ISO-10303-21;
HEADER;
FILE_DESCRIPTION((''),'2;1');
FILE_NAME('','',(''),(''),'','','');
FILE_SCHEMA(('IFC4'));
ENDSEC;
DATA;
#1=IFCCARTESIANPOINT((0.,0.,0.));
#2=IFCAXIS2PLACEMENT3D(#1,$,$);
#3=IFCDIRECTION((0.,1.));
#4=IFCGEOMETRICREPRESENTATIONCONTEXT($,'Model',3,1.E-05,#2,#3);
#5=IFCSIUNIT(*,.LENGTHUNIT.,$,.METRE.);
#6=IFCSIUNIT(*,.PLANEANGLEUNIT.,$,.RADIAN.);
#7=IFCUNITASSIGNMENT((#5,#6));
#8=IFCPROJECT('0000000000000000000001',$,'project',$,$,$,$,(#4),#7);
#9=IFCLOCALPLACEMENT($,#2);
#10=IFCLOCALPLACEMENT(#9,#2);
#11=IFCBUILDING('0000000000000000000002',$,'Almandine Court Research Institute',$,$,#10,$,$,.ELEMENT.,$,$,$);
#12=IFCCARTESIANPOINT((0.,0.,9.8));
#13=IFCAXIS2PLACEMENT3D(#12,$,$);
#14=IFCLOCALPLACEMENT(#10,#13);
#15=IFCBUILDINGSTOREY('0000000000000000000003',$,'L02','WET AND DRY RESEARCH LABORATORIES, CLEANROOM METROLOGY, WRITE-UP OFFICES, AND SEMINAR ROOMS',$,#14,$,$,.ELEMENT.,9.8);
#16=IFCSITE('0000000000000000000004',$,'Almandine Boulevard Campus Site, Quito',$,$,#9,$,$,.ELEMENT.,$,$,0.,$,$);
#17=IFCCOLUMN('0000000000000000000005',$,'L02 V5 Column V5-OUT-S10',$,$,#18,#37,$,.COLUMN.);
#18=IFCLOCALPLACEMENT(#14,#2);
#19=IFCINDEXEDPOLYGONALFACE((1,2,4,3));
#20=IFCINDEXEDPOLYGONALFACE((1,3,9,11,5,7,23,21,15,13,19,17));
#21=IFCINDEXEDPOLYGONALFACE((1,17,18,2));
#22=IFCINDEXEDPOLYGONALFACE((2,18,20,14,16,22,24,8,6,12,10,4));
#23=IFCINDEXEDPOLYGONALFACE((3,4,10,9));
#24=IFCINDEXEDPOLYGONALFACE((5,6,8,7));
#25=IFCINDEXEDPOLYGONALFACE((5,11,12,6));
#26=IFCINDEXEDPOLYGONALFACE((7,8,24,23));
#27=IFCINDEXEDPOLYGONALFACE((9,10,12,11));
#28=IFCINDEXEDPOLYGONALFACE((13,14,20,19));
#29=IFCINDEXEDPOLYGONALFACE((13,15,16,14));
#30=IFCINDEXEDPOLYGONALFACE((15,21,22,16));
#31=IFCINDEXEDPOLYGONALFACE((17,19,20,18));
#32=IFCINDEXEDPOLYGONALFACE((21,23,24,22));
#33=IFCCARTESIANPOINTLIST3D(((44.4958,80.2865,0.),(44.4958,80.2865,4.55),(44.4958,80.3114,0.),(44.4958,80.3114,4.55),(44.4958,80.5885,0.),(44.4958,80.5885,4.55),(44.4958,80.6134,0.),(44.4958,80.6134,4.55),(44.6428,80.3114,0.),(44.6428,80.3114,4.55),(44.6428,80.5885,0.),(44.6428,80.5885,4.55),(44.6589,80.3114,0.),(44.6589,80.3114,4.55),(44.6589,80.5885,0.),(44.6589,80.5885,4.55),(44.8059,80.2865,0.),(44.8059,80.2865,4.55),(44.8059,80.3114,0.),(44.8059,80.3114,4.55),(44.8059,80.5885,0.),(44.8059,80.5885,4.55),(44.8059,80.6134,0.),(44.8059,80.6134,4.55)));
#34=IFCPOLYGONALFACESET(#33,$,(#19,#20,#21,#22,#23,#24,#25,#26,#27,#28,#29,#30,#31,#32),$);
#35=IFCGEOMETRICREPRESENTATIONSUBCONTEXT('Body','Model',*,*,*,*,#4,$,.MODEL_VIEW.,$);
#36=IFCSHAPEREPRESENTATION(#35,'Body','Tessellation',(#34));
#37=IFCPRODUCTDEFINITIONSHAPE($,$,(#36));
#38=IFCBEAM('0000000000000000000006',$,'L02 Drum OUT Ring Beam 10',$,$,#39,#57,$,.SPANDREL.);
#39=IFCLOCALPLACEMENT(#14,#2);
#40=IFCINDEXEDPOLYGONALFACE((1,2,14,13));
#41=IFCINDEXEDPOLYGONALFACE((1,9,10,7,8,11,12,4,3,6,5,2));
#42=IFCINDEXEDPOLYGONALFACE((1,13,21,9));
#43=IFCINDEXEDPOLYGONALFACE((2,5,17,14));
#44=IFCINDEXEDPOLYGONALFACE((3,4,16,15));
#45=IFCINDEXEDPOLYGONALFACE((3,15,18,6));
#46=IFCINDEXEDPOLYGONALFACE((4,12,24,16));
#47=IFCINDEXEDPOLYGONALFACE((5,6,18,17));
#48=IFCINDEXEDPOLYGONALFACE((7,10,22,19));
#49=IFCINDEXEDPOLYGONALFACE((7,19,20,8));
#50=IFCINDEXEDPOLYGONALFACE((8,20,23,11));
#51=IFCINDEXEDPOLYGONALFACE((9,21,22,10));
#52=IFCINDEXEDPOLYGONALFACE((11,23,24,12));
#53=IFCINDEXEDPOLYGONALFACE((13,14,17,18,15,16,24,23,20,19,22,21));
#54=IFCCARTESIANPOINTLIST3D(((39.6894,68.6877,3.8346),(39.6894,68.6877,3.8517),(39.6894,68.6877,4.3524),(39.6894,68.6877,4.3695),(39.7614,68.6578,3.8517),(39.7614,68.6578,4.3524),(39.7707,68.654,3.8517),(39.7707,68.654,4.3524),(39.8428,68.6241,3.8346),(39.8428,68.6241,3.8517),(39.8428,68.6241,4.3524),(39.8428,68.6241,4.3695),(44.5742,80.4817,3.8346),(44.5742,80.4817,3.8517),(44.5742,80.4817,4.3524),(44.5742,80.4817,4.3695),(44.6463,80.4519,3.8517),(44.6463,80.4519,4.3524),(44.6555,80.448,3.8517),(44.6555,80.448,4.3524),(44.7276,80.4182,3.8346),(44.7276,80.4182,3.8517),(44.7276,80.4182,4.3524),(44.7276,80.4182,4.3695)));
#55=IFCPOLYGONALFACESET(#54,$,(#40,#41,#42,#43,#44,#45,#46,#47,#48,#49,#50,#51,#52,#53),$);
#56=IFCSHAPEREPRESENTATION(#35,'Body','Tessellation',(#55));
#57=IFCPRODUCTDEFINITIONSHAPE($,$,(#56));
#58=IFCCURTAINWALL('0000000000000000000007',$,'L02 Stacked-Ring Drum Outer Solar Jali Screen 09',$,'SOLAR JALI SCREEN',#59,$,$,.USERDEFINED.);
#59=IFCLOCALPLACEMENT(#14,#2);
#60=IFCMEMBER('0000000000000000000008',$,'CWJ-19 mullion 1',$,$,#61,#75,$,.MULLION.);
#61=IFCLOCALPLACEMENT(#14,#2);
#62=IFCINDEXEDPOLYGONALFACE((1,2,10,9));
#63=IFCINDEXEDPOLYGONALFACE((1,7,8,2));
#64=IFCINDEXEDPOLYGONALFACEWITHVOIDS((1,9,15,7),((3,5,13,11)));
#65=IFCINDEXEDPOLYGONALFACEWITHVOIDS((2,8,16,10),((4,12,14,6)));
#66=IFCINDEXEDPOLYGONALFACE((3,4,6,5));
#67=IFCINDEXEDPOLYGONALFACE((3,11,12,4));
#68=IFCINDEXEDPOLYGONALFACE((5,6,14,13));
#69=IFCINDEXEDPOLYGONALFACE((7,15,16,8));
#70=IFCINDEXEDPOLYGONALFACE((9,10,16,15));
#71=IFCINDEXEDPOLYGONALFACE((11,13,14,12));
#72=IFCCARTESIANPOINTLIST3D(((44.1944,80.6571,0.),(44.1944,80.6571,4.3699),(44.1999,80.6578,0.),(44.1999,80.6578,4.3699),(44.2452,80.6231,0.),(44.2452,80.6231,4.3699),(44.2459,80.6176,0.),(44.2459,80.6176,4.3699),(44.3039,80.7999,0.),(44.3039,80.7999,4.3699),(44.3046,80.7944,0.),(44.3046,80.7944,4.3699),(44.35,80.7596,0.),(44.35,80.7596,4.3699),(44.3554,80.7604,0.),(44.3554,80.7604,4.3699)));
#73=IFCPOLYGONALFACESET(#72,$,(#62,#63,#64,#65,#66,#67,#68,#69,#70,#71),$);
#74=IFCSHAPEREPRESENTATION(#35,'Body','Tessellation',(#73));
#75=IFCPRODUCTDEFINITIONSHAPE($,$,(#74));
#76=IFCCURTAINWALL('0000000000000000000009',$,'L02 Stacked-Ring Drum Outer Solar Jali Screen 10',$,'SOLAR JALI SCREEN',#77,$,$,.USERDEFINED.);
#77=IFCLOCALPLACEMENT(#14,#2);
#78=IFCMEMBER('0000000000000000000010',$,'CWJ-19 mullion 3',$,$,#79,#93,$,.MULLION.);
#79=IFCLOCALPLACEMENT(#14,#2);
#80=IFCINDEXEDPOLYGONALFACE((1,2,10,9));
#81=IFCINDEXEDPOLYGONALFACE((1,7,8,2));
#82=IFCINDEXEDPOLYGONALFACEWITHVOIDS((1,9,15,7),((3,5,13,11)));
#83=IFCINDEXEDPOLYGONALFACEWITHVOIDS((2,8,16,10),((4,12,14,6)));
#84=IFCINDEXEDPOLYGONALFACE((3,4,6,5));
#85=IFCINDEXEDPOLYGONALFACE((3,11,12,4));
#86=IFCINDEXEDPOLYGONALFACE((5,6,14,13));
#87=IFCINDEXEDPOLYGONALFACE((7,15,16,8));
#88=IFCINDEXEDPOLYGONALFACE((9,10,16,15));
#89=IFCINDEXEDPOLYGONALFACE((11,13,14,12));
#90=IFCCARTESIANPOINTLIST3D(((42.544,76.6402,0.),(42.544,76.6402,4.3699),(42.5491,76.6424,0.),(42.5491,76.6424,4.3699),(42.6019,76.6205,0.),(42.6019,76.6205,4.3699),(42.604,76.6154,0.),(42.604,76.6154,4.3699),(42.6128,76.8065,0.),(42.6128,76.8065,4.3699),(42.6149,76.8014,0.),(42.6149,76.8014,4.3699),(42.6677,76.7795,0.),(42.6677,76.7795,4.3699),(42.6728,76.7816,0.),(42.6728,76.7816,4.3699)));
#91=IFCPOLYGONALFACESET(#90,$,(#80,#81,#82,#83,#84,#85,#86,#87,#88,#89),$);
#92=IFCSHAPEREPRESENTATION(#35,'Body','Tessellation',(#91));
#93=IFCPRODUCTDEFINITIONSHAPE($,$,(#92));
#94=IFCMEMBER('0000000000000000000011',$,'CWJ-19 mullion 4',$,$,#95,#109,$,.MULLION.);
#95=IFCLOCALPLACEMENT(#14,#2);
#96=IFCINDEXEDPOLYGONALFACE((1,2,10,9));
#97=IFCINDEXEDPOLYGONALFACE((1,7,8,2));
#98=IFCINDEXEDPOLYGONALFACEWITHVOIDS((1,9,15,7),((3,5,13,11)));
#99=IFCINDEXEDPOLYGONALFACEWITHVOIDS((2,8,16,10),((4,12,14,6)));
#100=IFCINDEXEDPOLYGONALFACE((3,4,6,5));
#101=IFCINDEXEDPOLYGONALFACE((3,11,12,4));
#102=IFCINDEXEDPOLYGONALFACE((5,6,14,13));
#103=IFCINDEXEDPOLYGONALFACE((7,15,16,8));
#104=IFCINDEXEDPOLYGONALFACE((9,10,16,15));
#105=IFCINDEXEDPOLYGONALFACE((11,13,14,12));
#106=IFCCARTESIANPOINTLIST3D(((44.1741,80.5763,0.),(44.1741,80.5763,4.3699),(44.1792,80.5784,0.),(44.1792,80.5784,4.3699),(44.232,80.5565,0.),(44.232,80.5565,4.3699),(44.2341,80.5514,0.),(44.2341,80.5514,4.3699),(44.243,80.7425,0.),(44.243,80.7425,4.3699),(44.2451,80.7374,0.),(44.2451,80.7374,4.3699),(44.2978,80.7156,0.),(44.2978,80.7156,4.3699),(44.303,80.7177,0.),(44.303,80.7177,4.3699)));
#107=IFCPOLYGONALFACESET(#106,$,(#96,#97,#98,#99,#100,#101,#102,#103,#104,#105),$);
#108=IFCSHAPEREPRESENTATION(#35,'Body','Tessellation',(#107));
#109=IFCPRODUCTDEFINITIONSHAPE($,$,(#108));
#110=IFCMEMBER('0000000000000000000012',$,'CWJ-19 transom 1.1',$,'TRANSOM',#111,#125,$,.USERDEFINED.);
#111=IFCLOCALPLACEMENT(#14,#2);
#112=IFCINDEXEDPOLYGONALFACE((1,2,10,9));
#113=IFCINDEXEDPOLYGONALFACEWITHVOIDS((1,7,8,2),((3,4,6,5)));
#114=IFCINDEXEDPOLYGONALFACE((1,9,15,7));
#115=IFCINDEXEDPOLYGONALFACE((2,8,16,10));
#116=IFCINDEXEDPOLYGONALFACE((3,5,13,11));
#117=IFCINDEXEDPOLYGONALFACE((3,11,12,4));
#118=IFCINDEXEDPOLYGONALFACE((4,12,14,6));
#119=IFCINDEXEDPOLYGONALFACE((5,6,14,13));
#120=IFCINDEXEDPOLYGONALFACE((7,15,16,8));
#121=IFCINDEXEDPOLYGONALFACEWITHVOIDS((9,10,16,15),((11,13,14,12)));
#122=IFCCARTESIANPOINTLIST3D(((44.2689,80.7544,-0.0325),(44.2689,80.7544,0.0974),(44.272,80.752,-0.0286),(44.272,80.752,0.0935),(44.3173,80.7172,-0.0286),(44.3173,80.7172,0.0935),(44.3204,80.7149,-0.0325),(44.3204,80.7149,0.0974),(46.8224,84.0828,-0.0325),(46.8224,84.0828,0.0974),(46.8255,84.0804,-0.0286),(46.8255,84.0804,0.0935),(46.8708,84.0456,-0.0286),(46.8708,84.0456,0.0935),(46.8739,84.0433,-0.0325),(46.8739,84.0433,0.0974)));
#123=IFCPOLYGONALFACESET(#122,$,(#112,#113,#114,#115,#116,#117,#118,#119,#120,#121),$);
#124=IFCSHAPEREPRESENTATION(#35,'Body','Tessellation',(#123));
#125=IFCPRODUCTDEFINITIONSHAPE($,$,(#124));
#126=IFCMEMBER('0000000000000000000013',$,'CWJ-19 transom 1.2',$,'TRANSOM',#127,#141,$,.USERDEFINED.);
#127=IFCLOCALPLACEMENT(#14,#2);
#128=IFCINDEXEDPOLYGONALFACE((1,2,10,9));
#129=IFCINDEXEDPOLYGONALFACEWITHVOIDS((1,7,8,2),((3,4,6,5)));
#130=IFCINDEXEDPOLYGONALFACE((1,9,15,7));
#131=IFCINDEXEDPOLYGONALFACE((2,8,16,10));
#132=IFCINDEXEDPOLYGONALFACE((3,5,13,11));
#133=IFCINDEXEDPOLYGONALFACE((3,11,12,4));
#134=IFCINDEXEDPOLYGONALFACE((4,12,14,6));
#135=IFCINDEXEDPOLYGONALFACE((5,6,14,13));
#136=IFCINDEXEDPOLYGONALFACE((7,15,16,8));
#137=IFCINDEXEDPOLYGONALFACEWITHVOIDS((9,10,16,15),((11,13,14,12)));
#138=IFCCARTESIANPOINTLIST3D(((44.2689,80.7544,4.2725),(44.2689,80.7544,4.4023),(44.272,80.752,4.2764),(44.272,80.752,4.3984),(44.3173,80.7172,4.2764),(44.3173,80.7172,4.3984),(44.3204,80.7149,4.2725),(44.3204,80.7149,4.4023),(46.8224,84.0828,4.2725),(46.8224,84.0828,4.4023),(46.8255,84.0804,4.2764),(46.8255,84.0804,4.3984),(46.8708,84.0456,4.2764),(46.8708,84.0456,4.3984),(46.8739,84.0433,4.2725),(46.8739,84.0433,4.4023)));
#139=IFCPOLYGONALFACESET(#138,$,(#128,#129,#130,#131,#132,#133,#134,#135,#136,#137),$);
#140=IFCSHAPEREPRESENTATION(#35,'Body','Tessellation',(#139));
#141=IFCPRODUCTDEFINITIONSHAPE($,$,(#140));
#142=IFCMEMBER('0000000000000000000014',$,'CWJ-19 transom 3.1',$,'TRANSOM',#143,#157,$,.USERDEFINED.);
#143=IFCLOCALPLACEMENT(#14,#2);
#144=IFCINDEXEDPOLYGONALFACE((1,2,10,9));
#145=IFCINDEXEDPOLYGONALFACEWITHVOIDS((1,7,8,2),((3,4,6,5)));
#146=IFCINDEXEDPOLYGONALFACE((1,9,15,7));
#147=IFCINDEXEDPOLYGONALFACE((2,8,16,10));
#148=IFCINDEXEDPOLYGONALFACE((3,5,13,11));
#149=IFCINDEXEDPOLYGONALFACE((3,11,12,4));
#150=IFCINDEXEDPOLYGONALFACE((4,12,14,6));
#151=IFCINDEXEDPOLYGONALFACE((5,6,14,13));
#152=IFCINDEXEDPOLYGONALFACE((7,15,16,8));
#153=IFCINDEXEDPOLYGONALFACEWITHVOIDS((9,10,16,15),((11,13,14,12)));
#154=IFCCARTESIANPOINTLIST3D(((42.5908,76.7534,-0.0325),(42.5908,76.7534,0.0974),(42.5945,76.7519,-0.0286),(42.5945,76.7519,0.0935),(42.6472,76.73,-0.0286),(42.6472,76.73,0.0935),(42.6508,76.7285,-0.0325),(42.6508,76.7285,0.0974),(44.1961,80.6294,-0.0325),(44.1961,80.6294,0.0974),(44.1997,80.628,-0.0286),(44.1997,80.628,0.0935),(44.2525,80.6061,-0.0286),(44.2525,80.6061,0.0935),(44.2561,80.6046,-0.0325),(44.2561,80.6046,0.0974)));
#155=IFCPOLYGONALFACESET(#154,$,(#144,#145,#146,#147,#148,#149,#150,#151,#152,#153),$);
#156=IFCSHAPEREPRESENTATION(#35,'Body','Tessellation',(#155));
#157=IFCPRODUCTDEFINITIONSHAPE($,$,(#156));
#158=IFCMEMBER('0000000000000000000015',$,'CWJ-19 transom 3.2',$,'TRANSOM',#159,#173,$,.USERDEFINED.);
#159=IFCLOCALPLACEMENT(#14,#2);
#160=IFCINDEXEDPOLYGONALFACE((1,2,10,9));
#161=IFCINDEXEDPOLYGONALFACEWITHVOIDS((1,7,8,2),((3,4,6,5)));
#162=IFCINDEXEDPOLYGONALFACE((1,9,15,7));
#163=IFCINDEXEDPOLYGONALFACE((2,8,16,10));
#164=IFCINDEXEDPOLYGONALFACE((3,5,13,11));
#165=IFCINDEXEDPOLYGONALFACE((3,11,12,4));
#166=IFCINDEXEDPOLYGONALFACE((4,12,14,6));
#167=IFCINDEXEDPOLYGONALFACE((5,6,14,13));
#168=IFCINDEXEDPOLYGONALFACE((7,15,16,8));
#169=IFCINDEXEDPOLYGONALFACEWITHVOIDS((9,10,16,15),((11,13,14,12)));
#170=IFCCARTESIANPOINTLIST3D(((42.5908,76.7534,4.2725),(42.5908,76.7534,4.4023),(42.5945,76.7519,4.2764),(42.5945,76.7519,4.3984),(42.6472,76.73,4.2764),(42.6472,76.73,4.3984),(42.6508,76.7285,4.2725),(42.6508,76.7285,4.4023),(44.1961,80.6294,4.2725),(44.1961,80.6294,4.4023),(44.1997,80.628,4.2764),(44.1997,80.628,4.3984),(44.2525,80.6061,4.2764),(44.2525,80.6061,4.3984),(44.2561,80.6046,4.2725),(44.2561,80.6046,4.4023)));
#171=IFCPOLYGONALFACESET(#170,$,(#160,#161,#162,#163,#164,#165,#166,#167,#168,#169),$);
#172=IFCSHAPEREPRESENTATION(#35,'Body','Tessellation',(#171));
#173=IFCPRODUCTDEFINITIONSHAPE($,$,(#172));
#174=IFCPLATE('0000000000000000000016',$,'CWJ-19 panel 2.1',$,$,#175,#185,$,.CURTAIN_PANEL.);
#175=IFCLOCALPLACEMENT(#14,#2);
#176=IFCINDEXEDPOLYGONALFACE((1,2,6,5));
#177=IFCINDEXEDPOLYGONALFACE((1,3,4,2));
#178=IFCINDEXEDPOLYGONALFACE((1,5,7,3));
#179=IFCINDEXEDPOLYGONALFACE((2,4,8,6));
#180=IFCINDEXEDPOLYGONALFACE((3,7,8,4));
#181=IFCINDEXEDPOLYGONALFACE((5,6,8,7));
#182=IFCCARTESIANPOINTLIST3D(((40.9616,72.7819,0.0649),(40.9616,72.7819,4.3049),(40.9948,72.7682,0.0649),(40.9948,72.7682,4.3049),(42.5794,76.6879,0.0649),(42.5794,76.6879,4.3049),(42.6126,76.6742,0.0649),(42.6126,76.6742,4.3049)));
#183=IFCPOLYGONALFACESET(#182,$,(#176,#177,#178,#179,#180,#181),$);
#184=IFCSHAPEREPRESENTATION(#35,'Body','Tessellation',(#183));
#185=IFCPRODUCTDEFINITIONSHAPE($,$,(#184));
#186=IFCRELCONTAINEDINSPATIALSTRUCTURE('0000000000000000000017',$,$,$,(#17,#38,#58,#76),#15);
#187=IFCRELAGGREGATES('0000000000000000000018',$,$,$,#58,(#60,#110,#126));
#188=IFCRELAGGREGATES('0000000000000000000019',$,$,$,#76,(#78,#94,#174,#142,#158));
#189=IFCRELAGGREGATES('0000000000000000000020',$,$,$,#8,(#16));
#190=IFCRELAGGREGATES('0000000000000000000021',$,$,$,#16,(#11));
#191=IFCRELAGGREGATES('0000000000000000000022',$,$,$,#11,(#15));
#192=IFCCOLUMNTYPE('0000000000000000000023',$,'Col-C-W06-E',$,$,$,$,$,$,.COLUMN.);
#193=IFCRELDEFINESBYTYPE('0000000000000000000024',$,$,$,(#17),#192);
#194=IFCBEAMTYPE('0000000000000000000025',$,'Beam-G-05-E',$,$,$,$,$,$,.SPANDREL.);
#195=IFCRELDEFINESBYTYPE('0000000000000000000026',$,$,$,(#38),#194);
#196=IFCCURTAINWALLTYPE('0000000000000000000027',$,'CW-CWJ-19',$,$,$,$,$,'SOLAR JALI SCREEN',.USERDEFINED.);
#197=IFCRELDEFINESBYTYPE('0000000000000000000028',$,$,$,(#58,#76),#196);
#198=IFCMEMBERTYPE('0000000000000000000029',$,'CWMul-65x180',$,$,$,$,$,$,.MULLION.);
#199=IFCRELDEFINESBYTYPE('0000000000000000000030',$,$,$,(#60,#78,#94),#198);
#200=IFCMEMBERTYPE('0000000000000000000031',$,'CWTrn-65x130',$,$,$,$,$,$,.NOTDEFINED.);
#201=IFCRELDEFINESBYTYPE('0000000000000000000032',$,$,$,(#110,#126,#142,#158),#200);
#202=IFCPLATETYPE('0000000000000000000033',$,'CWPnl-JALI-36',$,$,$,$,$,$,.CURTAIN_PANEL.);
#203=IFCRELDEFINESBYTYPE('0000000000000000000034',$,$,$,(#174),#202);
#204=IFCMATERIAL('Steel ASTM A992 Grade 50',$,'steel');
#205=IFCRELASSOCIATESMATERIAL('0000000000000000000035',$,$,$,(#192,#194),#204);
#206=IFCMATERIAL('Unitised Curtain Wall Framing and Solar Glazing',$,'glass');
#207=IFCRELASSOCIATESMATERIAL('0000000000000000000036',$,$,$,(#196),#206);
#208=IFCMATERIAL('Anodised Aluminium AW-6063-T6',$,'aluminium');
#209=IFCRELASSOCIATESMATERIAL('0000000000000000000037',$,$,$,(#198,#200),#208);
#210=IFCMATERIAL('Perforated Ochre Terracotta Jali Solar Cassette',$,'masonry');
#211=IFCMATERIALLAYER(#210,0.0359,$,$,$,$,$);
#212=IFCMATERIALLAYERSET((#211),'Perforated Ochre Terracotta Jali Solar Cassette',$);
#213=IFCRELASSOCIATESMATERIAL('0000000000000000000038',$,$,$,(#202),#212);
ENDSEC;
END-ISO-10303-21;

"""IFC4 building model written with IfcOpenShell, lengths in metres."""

from ifc_helpers import new_model, si_unit, direction, frame, origin, origin_2d, place, context, subcontext, project, spatial, rectangle, hollow_rectangle, i_section, extrude, material, layer, layer_set, material_profile, profile_set, type_object, element, aggregate, save


model = new_model("IFC4")

# Units and contexts
model_context = context("Model", 3, precision=1e-05, world=origin(), true_north=direction((0.0, 1.0)))
body_context = subcontext(model_context, "Body", "Model", "MODEL_VIEW")
ifc_project = project(units=[si_unit("LENGTHUNIT", "METRE"), si_unit("PLANEANGLEUNIT", "RADIAN")], contexts=[model_context])

# Site, building, storey
site_placement = place(None, origin())
site = spatial("IfcSite", under=ifc_project, at=site_placement, Name="Almandine Boulevard Campus Site, Quito", CompositionType="ELEMENT", RefElevation=0.0)
building_placement = place(site_placement, origin())
building = spatial("IfcBuilding", under=site, at=building_placement, Name="Almandine Court Research Institute", CompositionType="ELEMENT")
storey_placement = place(building_placement, frame((0.0, 0.0, 9.8)))
storey = spatial("IfcBuildingStorey", under=building, at=storey_placement, Name="L02", Description="WET AND DRY RESEARCH LABORATORIES, CLEANROOM METROLOGY, WRITE-UP OFFICES, AND SEMINAR ROOMS", CompositionType="ELEMENT", Elevation=9.8)

# Column
ifc_material_1 = material(Name="Steel ASTM A992 Grade 50", Category="steel")
ifc_material_profile_1 = material_profile(ifc_material_1, i_section(OverallWidth=0.3101, OverallDepth=0.3269, WebThickness=0.0161, FlangeThickness=0.0249, at=origin_2d()), Name="W310x158")
ifc_profile_set_1 = profile_set([ifc_material_profile_1], Name="Steel ASTM A992 Grade 50")
column_type = type_object("IfcColumnType", Name="Col-C-W06-E", PredefinedType="COLUMN", material=ifc_profile_set_1)
column_placement = place(storey_placement, frame((44.6509, 80.45, 0.0), z_axis=(0.0, 0.0, 1.0), x_axis=(1.0, 0.0, 0.0)))
element("IfcColumn", 1, at=column_placement, inside=storey, type_object=column_type, Name="L02 V5 Column V5-OUT-S10", PredefinedType="COLUMN", context=body_context, shape_type="SweptSolid", body=[
    extrude(i_section(OverallWidth=0.3101, OverallDepth=0.3269, WebThickness=0.0161, FlangeThickness=0.0249, at=origin_2d()), origin(), (0.0, 0.0, 1.0), 4.55),
])

# Beam
ifc_material_profile_2 = material_profile(ifc_material_1, i_section(OverallWidth=0.166, OverallDepth=0.5349, WebThickness=0.01, FlangeThickness=0.0171, at=origin_2d()), Name="W530x85")
ifc_profile_set_2 = profile_set([ifc_material_profile_2], Name="Steel ASTM A992 Grade 50")
beam_type = type_object("IfcBeamType", Name="Beam-G-05-E", PredefinedType="SPANDREL", material=ifc_profile_set_2)
beam_placement = place(storey_placement, frame((44.6509, 80.45, 4.1021), z_axis=(-0.382654, -0.923892, 0.0), x_axis=(0.923892, -0.382654, 0.0)))
element("IfcBeam", 2, at=beam_placement, inside=storey, type_object=beam_type, Name="L02 Drum OUT Ring Beam 10", PredefinedType="SPANDREL", context=body_context, shape_type="SweptSolid", body=[
    extrude(i_section(OverallWidth=0.166, OverallDepth=0.5349, WebThickness=0.01, FlangeThickness=0.0171, at=origin_2d()), origin(), (0.0, 0.0, 1.0), 12.7656),
])

# Curtain wall, member
ifc_material_2 = material(Name="Unitised Curtain Wall Framing and Solar Glazing", Category="glass")
curtain_wall_type = type_object("IfcCurtainWallType", Name="CW-CWJ-19", ElementType="SOLAR JALI SCREEN", PredefinedType="USERDEFINED", material=ifc_material_2)
curtain_wall_1_placement = place(storey_placement, origin())
curtain_wall_1 = element("IfcCurtainWall", 3, at=curtain_wall_1_placement, inside=storey, type_object=curtain_wall_type, Name="L02 Stacked-Ring Drum Outer Solar Jali Screen 09", ObjectType="SOLAR JALI SCREEN", PredefinedType="USERDEFINED")
ifc_material_3 = material(Name="Anodised Aluminium AW-6063-T6", Category="aluminium")
ifc_material_profile_3 = material_profile(ifc_material_3, hollow_rectangle(XDim=0.0649, YDim=0.1799, WallThickness=0.0039, at=origin_2d()), Name="ALU RHS 65x180x4")
ifc_profile_set_3 = profile_set([ifc_material_profile_3], Name="Anodised Aluminium AW-6063-T6")
member_type_1 = type_object("IfcMemberType", Name="CWMul-65x180", PredefinedType="MULLION", material=ifc_profile_set_3)
member_1_placement = place(storey_placement, frame((44.2749, 80.7087, 0.0), z_axis=(0.0, 0.0, 1.0), x_axis=(-0.793383, 0.608723, 0.0)))
member_1 = element("IfcMember", 4, at=member_1_placement, type_object=member_type_1, Name="CWJ-19 mullion 1", PredefinedType="MULLION", context=body_context, shape_type="SweptSolid", body=[
    extrude(hollow_rectangle(XDim=0.0649, YDim=0.1799, WallThickness=0.0039, at=origin_2d()), origin(), (0.0, 0.0, 1.0), 4.3699),
])

# Curtain wall, members
curtain_wall_2_placement = place(storey_placement, origin())
curtain_wall_2 = element("IfcCurtainWall", 5, at=curtain_wall_2_placement, inside=storey, type_object=curtain_wall_type, Name="L02 Stacked-Ring Drum Outer Solar Jali Screen 10", ObjectType="SOLAR JALI SCREEN", PredefinedType="USERDEFINED")
member_2_placement = place(storey_placement, frame((42.6084, 76.7109, 0.0), z_axis=(0.0, 0.0, 1.0), x_axis=(-0.923888, 0.382663, 0.0)))
member_2 = element("IfcMember", 6, at=member_2_placement, type_object=member_type_1, Name="CWJ-19 mullion 3", PredefinedType="MULLION", context=body_context, shape_type="SweptSolid", body=[
    extrude(hollow_rectangle(XDim=0.0649, YDim=0.1799, WallThickness=0.0039, at=origin_2d()), origin(), (0.0, 0.0, 1.0), 4.3699),
])
member_3_placement = place(storey_placement, frame((44.2385, 80.647, 0.0), z_axis=(0.0, 0.0, 1.0), x_axis=(-0.923888, 0.382663, 0.0)))
member_3 = element("IfcMember", 7, at=member_3_placement, type_object=member_type_1, Name="CWJ-19 mullion 4", PredefinedType="MULLION", context=body_context, shape_type="SweptSolid", body=[
    extrude(hollow_rectangle(XDim=0.0649, YDim=0.1799, WallThickness=0.0039, at=origin_2d()), origin(), (0.0, 0.0, 1.0), 4.3699),
])

# Members
ifc_material_profile_4 = material_profile(ifc_material_3, hollow_rectangle(XDim=0.0649, YDim=0.1299, WallThickness=0.0039, at=origin_2d()), Name="ALU RHS 65x130x4")
ifc_profile_set_4 = profile_set([ifc_material_profile_4], Name="Anodised Aluminium AW-6063-T6")
member_type_2 = type_object("IfcMemberType", Name="CWTrn-65x130", PredefinedType="NOTDEFINED", material=ifc_profile_set_4)
member_4_placement = place(storey_placement, frame((44.2947, 80.7346, 0.0325), z_axis=(0.608689, 0.793409, 0.0), x_axis=(-0.793409, 0.608689, 0.0)))
member_4 = element("IfcMember", 8, at=member_4_placement, type_object=member_type_2, Name="CWJ-19 transom 1.1", ObjectType="TRANSOM", PredefinedType="USERDEFINED", context=body_context, shape_type="SweptSolid", body=[
    extrude(hollow_rectangle(XDim=0.0649, YDim=0.1299, WallThickness=0.0039, at=origin_2d()), origin(), (0.0, 0.0, 1.0), 4.1951),
])
member_5_placement = place(storey_placement, frame((44.2947, 80.7346, 4.3374), z_axis=(0.608689, 0.793409, 0.0), x_axis=(-0.793409, 0.608689, 0.0)))
member_5 = element("IfcMember", 9, at=member_5_placement, type_object=member_type_2, Name="CWJ-19 transom 1.2", ObjectType="TRANSOM", PredefinedType="USERDEFINED", context=body_context, shape_type="SweptSolid", body=[
    extrude(hollow_rectangle(XDim=0.0649, YDim=0.1299, WallThickness=0.0039, at=origin_2d()), origin(), (0.0, 0.0, 1.0), 4.1951),
])
aggregate(curtain_wall_1, [member_1, member_4, member_5])
member_6_placement = place(storey_placement, frame((42.6208, 76.741, 0.0325), z_axis=(0.382631, 0.923901, 0.0), x_axis=(-0.923901, 0.382631, 0.0)))
member_6 = element("IfcMember", 10, at=member_6_placement, type_object=member_type_2, Name="CWJ-19 transom 3.1", ObjectType="TRANSOM", PredefinedType="USERDEFINED", context=body_context, shape_type="SweptSolid", body=[
    extrude(hollow_rectangle(XDim=0.0649, YDim=0.1299, WallThickness=0.0039, at=origin_2d()), origin(), (0.0, 0.0, 1.0), 4.1953),
])
member_7_placement = place(storey_placement, frame((42.6208, 76.741, 4.3374), z_axis=(0.382631, 0.923901, 0.0), x_axis=(-0.923901, 0.382631, 0.0)))
member_7 = element("IfcMember", 11, at=member_7_placement, type_object=member_type_2, Name="CWJ-19 transom 3.2", ObjectType="TRANSOM", PredefinedType="USERDEFINED", context=body_context, shape_type="SweptSolid", body=[
    extrude(hollow_rectangle(XDim=0.0649, YDim=0.1299, WallThickness=0.0039, at=origin_2d()), origin(), (0.0, 0.0, 1.0), 4.1953),
])

# Plate
ifc_material_4 = material(Name="Perforated Ochre Terracotta Jali Solar Cassette", Category="masonry")
ifc_layer_1 = layer(ifc_material_4, 0.0359)
ifc_layer_set_1 = layer_set([ifc_layer_1], Name="Perforated Ochre Terracotta Jali Solar Cassette")
plate_type = type_object("IfcPlateType", Name="CWPnl-JALI-36", PredefinedType="CURTAIN_PANEL", material=ifc_layer_set_1)
plate_1_placement = place(storey_placement, frame((41.7871, 74.728, 0.0649), z_axis=(0.0, 0.0, 1.0), x_axis=(0.382663, 0.923888, 0.0)))
plate_1 = element("IfcPlate", 12, at=plate_1_placement, type_object=plate_type, Name="CWJ-19 panel 2.1", PredefinedType="CURTAIN_PANEL", context=body_context, shape_type="SweptSolid", body=[
    extrude(rectangle(XDim=4.2278, YDim=0.0359, at=origin_2d()), origin(), (0.0, 0.0, 1.0), 4.24),
])
aggregate(curtain_wall_2, [member_2, member_3, plate_1, member_6, member_7])

save(model, "model.ifc")
